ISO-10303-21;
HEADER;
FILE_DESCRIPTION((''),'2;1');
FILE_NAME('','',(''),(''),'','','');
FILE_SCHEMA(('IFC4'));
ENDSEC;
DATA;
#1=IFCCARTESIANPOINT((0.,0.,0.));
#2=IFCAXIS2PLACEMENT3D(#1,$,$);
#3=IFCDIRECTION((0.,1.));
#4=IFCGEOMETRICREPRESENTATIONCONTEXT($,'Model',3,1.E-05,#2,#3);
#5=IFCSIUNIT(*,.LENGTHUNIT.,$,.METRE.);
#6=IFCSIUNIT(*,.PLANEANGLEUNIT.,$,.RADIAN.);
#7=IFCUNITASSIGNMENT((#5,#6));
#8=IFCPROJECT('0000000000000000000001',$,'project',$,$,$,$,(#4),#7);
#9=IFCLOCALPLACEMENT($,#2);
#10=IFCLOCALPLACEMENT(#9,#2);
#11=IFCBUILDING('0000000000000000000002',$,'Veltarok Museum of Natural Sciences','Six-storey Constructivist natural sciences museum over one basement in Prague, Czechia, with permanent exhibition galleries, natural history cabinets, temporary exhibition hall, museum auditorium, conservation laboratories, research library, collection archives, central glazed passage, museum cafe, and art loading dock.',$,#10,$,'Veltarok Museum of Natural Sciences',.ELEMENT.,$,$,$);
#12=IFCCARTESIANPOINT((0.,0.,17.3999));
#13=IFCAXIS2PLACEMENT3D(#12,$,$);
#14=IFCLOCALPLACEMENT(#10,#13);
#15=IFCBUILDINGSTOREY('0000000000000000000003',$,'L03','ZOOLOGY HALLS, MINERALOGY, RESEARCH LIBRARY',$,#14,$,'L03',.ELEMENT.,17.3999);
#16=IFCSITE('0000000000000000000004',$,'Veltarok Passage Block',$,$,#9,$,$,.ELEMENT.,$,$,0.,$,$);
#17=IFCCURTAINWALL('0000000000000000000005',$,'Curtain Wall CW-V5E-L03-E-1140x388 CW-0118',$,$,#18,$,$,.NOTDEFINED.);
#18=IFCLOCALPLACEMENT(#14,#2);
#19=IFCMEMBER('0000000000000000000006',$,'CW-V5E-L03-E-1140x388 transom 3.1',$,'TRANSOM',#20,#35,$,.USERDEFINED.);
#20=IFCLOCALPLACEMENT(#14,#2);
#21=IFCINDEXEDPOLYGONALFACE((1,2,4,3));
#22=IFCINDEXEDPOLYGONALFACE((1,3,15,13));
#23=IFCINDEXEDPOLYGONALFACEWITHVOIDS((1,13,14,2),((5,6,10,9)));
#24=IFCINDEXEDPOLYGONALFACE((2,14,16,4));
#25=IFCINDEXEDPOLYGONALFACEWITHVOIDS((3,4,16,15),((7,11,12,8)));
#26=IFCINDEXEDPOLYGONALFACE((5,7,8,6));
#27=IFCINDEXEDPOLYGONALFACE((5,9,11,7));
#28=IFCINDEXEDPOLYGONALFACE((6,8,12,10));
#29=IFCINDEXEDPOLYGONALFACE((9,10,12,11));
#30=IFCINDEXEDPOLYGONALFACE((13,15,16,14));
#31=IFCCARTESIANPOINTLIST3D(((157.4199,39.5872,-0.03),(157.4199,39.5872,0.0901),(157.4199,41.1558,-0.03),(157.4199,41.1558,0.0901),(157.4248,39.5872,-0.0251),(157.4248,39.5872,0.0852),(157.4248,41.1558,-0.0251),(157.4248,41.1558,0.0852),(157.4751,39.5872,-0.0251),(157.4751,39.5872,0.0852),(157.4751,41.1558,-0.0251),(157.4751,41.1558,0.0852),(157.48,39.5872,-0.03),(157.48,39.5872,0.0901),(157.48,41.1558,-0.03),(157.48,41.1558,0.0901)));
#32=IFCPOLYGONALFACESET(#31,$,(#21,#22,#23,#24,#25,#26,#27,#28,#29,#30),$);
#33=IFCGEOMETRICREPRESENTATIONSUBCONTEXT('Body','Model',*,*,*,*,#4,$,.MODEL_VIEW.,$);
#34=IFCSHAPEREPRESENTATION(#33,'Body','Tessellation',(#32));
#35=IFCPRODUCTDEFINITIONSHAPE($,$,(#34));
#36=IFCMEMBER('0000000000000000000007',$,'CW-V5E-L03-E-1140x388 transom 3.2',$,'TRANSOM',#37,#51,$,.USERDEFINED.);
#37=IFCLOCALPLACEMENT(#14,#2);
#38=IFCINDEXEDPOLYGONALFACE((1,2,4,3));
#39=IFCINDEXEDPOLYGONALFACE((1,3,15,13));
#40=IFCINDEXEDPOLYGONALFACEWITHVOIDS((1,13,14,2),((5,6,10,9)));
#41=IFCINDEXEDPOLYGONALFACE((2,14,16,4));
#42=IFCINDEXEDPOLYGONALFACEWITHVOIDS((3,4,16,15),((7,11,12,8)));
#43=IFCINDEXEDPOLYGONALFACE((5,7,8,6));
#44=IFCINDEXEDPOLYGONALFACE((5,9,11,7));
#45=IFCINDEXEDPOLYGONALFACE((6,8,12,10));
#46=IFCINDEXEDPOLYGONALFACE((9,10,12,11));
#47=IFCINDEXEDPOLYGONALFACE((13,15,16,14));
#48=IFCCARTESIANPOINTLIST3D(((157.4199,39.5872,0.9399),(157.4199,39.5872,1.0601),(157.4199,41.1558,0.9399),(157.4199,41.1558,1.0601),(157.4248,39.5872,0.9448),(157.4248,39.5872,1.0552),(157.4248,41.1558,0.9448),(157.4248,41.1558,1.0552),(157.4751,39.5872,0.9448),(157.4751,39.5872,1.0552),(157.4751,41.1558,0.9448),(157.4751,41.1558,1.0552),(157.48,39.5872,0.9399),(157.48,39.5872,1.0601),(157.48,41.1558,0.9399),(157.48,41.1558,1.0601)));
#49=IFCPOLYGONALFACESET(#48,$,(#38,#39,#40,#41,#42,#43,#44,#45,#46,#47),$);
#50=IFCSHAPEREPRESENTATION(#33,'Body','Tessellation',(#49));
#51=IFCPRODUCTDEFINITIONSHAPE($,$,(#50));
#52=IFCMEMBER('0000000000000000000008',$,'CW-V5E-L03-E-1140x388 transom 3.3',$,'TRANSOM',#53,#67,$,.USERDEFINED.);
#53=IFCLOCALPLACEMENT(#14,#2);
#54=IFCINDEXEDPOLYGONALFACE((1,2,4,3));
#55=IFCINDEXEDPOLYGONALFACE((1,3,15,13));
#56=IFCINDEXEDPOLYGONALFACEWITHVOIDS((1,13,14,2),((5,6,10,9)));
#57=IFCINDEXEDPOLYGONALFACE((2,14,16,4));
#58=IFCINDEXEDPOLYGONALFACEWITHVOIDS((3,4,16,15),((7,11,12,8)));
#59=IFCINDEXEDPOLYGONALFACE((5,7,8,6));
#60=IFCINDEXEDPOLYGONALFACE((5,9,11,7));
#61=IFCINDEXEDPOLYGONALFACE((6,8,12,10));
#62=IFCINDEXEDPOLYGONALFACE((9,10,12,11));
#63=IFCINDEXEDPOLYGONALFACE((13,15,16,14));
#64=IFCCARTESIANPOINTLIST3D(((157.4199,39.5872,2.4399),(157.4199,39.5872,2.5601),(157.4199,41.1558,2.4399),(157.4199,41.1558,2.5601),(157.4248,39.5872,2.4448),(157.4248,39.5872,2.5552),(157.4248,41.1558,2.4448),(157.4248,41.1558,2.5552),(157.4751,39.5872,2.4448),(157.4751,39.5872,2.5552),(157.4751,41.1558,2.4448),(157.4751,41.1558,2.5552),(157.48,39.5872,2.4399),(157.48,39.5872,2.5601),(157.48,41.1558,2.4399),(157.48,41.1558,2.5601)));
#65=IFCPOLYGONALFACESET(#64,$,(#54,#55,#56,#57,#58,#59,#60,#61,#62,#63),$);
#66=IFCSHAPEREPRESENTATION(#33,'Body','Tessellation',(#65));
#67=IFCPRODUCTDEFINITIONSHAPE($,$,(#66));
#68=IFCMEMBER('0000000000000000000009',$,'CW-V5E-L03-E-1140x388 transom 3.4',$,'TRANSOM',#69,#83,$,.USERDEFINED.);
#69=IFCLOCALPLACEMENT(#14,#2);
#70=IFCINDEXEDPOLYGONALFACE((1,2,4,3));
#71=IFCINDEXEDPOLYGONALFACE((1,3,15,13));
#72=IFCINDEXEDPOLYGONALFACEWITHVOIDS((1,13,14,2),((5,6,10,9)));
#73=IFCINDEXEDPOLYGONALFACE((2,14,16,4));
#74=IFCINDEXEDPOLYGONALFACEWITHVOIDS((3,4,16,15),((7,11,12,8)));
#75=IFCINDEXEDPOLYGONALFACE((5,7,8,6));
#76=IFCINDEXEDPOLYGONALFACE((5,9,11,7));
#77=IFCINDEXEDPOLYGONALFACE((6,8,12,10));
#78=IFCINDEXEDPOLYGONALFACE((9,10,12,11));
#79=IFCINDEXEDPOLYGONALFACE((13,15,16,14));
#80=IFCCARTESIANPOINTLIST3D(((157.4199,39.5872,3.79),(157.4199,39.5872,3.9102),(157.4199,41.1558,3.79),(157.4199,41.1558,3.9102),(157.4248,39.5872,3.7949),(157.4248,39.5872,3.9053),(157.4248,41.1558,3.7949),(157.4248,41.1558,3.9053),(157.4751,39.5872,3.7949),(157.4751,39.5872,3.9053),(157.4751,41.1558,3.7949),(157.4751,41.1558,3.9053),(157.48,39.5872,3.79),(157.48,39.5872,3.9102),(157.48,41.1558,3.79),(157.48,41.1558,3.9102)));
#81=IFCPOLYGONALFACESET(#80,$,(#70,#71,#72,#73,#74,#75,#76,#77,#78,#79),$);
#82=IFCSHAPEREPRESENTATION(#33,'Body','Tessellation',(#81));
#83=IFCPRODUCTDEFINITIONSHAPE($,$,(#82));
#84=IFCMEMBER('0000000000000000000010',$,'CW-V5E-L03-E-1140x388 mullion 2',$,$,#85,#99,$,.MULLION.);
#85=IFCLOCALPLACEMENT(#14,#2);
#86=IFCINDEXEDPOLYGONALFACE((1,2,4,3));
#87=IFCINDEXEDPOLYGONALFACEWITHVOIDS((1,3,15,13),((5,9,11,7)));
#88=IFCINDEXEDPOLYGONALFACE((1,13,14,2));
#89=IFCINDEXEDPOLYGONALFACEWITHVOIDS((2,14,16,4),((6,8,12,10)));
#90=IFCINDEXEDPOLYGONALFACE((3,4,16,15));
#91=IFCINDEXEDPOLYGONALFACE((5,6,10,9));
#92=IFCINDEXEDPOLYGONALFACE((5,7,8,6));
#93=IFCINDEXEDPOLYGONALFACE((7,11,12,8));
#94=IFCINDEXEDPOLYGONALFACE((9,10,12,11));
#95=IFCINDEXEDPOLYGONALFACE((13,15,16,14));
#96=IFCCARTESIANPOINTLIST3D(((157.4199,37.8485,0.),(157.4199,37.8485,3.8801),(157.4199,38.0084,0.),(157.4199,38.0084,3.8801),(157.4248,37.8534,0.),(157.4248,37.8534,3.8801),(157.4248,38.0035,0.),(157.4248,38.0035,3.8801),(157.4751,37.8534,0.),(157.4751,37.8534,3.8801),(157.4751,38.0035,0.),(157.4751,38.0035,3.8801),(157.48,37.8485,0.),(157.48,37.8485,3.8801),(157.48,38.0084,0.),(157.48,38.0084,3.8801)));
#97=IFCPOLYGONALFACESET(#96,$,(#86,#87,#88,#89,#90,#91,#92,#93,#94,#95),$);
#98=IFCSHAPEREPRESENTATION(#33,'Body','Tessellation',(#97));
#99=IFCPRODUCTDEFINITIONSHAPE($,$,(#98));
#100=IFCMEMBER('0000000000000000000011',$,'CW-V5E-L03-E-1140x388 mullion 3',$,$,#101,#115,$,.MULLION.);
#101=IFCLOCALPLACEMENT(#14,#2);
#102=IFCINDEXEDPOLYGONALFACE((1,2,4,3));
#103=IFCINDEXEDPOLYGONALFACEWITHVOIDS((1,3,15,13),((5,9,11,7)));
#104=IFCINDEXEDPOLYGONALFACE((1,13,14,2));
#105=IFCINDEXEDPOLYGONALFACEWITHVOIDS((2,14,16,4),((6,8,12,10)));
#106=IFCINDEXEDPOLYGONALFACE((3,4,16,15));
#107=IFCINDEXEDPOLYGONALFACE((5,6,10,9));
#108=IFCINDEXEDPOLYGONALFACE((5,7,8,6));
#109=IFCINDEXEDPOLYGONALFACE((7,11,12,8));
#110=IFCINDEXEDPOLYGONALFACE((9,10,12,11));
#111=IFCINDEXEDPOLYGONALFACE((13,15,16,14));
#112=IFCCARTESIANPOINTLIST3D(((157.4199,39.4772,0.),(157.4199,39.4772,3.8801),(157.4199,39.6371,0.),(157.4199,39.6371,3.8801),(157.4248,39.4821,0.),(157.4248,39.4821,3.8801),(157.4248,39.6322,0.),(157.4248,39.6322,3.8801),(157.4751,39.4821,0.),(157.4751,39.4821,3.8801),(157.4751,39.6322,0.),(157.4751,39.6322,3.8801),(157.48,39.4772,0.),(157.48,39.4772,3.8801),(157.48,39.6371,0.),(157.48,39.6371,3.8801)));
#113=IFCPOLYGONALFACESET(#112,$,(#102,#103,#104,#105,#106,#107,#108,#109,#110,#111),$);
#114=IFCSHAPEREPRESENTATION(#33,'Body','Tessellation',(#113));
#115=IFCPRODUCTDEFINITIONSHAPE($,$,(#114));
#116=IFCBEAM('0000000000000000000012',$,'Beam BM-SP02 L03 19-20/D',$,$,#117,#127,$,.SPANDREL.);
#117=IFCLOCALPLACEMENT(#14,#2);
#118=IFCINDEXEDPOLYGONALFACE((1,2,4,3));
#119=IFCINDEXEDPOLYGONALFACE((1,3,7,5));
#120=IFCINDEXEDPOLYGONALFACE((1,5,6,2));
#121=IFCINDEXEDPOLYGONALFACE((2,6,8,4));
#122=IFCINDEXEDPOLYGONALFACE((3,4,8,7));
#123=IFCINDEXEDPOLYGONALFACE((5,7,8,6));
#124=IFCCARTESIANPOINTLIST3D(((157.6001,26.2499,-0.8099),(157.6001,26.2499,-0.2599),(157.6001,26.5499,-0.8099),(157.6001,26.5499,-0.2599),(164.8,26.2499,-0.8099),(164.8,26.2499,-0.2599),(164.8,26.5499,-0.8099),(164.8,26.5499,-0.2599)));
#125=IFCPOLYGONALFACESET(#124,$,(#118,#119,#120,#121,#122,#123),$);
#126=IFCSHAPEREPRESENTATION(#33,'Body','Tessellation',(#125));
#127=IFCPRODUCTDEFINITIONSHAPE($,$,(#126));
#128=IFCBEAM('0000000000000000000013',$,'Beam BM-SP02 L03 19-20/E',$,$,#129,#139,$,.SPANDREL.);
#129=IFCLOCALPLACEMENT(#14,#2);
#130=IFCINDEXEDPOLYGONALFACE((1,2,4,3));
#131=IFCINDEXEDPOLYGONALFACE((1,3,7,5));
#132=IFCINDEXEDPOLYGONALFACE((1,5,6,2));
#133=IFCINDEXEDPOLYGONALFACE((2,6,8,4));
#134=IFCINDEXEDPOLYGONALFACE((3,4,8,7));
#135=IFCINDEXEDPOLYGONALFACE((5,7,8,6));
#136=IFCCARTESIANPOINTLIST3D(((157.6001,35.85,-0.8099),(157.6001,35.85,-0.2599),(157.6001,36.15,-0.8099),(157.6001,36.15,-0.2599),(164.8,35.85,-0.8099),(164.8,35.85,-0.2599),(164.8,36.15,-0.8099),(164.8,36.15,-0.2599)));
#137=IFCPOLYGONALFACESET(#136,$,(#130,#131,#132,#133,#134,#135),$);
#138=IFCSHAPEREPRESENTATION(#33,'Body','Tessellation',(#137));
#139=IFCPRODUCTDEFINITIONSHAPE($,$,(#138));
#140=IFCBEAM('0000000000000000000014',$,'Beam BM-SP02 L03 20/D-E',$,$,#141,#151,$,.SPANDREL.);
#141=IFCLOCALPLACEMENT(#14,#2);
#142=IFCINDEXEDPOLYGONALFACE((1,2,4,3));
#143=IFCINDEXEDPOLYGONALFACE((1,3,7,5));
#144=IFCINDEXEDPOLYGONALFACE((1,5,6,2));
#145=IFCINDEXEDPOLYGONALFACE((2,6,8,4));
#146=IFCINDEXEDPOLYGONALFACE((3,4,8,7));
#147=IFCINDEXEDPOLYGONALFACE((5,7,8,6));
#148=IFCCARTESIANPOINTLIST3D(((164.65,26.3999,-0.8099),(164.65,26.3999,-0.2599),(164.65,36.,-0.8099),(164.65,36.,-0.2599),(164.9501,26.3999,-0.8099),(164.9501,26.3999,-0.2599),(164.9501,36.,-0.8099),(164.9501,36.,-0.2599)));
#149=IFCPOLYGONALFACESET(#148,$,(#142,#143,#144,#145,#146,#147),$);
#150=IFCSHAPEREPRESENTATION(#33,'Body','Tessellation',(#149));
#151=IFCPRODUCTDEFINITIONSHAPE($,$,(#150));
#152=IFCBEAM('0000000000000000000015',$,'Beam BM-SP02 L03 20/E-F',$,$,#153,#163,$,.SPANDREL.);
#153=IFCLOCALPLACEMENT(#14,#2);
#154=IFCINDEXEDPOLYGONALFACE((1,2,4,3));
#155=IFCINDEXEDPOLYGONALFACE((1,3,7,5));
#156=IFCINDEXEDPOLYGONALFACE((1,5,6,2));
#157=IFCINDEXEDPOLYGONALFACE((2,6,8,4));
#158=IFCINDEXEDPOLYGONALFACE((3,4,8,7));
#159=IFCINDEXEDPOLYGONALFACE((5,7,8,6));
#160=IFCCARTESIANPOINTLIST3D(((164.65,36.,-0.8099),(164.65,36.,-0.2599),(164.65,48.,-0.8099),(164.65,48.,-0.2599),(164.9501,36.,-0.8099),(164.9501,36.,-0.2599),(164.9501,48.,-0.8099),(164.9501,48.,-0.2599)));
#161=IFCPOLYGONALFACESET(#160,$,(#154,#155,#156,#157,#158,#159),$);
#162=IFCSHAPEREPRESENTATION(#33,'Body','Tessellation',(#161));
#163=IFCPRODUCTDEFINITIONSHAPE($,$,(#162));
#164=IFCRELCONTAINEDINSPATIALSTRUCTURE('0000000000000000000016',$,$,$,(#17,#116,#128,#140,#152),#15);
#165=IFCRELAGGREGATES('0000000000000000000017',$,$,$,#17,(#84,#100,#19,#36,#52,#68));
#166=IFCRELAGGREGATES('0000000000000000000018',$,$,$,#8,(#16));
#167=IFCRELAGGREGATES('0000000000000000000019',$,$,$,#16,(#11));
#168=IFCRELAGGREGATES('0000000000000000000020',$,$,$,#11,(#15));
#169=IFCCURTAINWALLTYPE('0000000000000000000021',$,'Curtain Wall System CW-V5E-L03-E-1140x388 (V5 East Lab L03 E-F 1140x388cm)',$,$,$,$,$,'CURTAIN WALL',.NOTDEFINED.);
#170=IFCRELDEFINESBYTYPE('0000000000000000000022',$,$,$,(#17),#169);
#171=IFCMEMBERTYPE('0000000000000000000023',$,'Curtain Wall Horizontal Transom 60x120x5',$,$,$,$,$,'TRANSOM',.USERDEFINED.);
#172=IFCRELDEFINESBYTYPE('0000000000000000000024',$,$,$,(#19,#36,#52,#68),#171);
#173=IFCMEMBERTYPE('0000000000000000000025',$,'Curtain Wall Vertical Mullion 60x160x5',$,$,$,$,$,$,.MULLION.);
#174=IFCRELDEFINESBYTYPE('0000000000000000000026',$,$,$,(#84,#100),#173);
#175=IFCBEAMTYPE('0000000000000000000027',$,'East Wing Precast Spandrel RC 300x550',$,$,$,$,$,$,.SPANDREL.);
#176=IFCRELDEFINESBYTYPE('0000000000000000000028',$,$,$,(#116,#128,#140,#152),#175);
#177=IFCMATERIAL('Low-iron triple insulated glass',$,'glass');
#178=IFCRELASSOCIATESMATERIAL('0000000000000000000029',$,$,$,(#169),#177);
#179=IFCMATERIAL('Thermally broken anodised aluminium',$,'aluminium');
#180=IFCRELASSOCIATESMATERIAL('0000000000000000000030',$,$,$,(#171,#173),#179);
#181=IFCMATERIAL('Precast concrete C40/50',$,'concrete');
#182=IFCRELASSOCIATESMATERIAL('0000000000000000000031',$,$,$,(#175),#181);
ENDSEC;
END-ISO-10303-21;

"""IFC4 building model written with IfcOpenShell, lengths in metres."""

from ifc_helpers import new_model, si_unit, direction, frame, origin, origin_2d, place, context, subcontext, project, spatial, rectangle, hollow_rectangle, extrude, material, material_profile, profile_set, type_object, element, aggregate, save


model = new_model("IFC4")

# Units and contexts
model_context = context("Model", 3, precision=1e-05, world=origin(), true_north=direction((0.0, 1.0)))
body_context = subcontext(model_context, "Body", "Model", "MODEL_VIEW")
ifc_project = project(units=[si_unit("LENGTHUNIT", "METRE"), si_unit("PLANEANGLEUNIT", "RADIAN")], contexts=[model_context])

# Site, building, storey
site_placement = place(None, origin())
site = spatial("IfcSite", under=ifc_project, at=site_placement, Name="Veltarok Passage Block", CompositionType="ELEMENT", RefElevation=0.0)
building_placement = place(site_placement, origin())
building = spatial("IfcBuilding", under=site, at=building_placement, Name="Veltarok Museum of Natural Sciences", Description="Six-storey Constructivist natural sciences museum over one basement in Prague, Czechia, with permanent exhibition galleries, natural history cabinets, temporary exhibition hall, museum auditorium, conservation laboratories, research library, collection archives, central glazed passage, museum cafe, and art loading dock.", LongName="Veltarok Museum of Natural Sciences", CompositionType="ELEMENT")
storey_placement = place(building_placement, frame((0.0, 0.0, 17.3999)))
storey = spatial("IfcBuildingStorey", under=building, at=storey_placement, Name="L03", Description="ZOOLOGY HALLS, MINERALOGY, RESEARCH LIBRARY", LongName="L03", CompositionType="ELEMENT", Elevation=17.3999)

# Curtain wall, members
ifc_material_1 = material(Name="Low-iron triple insulated glass", Category="glass")
curtain_wall_type = type_object("IfcCurtainWallType", Name="Curtain Wall System CW-V5E-L03-E-1140x388 (V5 East Lab L03 E-F 1140x388cm)", ElementType="CURTAIN WALL", PredefinedType="NOTDEFINED", material=ifc_material_1)
curtain_wall_placement = place(storey_placement, origin())
curtain_wall = element("IfcCurtainWall", 1, at=curtain_wall_placement, inside=storey, type_object=curtain_wall_type, Name="Curtain Wall CW-V5E-L03-E-1140x388 CW-0118", PredefinedType="NOTDEFINED")
ifc_material_2 = material(Name="Thermally broken anodised aluminium", Category="aluminium")
ifc_material_profile_1 = material_profile(ifc_material_2, hollow_rectangle(XDim=0.0601, YDim=0.1201, WallThickness=0.0049, at=origin_2d()), Name="CW TRANSOM 60x120x5")
ifc_profile_set_1 = profile_set([ifc_material_profile_1], Name="Thermally broken anodised aluminium")
member_type_1 = type_object("IfcMemberType", Name="Curtain Wall Horizontal Transom 60x120x5", ElementType="TRANSOM", PredefinedType="USERDEFINED", material=ifc_profile_set_1)
member_1_placement = place(storey_placement, frame((157.45, 39.5872, 0.03), z_axis=(0.0, 1.0, 0.0), x_axis=(-1.0, 0.0, 0.0)))
member_1 = element("IfcMember", 2, at=member_1_placement, type_object=member_type_1, Name="CW-V5E-L03-E-1140x388 transom 3.1", ObjectType="TRANSOM", PredefinedType="USERDEFINED", context=body_context, shape_type="SweptSolid", body=[
    extrude(hollow_rectangle(XDim=0.0601, YDim=0.1201, WallThickness=0.0049, at=origin_2d()), origin(), (0.0, 0.0, 1.0), 1.5686),
])
member_2_placement = place(storey_placement, frame((157.45, 39.5872, 1.0), z_axis=(0.0, 1.0, 0.0), x_axis=(-1.0, 0.0, 0.0)))
member_2 = element("IfcMember", 3, at=member_2_placement, type_object=member_type_1, Name="CW-V5E-L03-E-1140x388 transom 3.2", ObjectType="TRANSOM", PredefinedType="USERDEFINED", context=body_context, shape_type="SweptSolid", body=[
    extrude(hollow_rectangle(XDim=0.0601, YDim=0.1201, WallThickness=0.0049, at=origin_2d()), origin(), (0.0, 0.0, 1.0), 1.5686),
])
member_3_placement = place(storey_placement, frame((157.45, 39.5872, 2.5), z_axis=(0.0, 1.0, 0.0), x_axis=(-1.0, 0.0, 0.0)))
member_3 = element("IfcMember", 4, at=member_3_placement, type_object=member_type_1, Name="CW-V5E-L03-E-1140x388 transom 3.3", ObjectType="TRANSOM", PredefinedType="USERDEFINED", context=body_context, shape_type="SweptSolid", body=[
    extrude(hollow_rectangle(XDim=0.0601, YDim=0.1201, WallThickness=0.0049, at=origin_2d()), origin(), (0.0, 0.0, 1.0), 1.5686),
])
member_4_placement = place(storey_placement, frame((157.45, 39.5872, 3.8501), z_axis=(0.0, 1.0, 0.0), x_axis=(-1.0, 0.0, 0.0)))
member_4 = element("IfcMember", 5, at=member_4_placement, type_object=member_type_1, Name="CW-V5E-L03-E-1140x388 transom 3.4", ObjectType="TRANSOM", PredefinedType="USERDEFINED", context=body_context, shape_type="SweptSolid", body=[
    extrude(hollow_rectangle(XDim=0.0601, YDim=0.1201, WallThickness=0.0049, at=origin_2d()), origin(), (0.0, 0.0, 1.0), 1.5686),
])
ifc_material_profile_2 = material_profile(ifc_material_2, hollow_rectangle(XDim=0.0601, YDim=0.1599, WallThickness=0.0049, at=origin_2d()), Name="CW MULLION 60x160x5")
ifc_profile_set_2 = profile_set([ifc_material_profile_2], Name="Thermally broken anodised aluminium")
member_type_2 = type_object("IfcMemberType", Name="Curtain Wall Vertical Mullion 60x160x5", PredefinedType="MULLION", material=ifc_profile_set_2)
member_5_placement = place(storey_placement, frame((157.45, 37.9285, 0.0), z_axis=(0.0, 0.0, 1.0), x_axis=(-1.0, 0.0, 0.0)))
member_5 = element("IfcMember", 6, at=member_5_placement, type_object=member_type_2, Name="CW-V5E-L03-E-1140x388 mullion 2", PredefinedType="MULLION", context=body_context, shape_type="SweptSolid", body=[
    extrude(hollow_rectangle(XDim=0.0601, YDim=0.1599, WallThickness=0.0049, at=origin_2d()), origin(), (0.0, 0.0, 1.0), 3.8801),
])
member_6_placement = place(storey_placement, frame((157.45, 39.5571, 0.0), z_axis=(0.0, 0.0, 1.0), x_axis=(-1.0, 0.0, 0.0)))
member_6 = element("IfcMember", 7, at=member_6_placement, type_object=member_type_2, Name="CW-V5E-L03-E-1140x388 mullion 3", PredefinedType="MULLION", context=body_context, shape_type="SweptSolid", body=[
    extrude(hollow_rectangle(XDim=0.0601, YDim=0.1599, WallThickness=0.0049, at=origin_2d()), origin(), (0.0, 0.0, 1.0), 3.8801),
])

# Beams
ifc_material_3 = material(Name="Precast concrete C40/50", Category="concrete")
ifc_material_profile_3 = material_profile(ifc_material_3, rectangle(XDim=0.3, YDim=0.55, at=origin_2d()), Name="RC 300x550")
ifc_profile_set_3 = profile_set([ifc_material_profile_3], Name="Precast concrete C40/50")
beam_type_1 = type_object("IfcBeamType", Name="East Wing Precast Spandrel RC 300x550", PredefinedType="SPANDREL", material=ifc_profile_set_3)
for number, where, z_axis, x_axis, name in (
    (8, (157.6001, 26.3999, -0.5349), (1.0, 0.0, 0.0), (0.0, 1.0, 0.0), "Beam BM-SP02 L03 19-20/D"),
    (9, (157.6001, 36.0, -0.5349), (1.0, 0.0, 0.0), (0.0, 1.0, 0.0), "Beam BM-SP02 L03 19-20/E"),
):
    element("IfcBeam", number, at=place(storey_placement, frame(where, z_axis=z_axis, x_axis=x_axis)), inside=storey, type_object=beam_type_1, Name=name, PredefinedType="SPANDREL", context=body_context, shape_type="SweptSolid", body=[
        extrude(rectangle(XDim=0.3, YDim=0.55, at=origin_2d()), origin(), (0.0, 0.0, 1.0), 7.2),
    ])
beam_1_placement = place(storey_placement, frame((164.8, 26.3999, -0.5349), z_axis=(0.0, 1.0, 0.0), x_axis=(-1.0, 0.0, 0.0)))
element("IfcBeam", 10, at=beam_1_placement, inside=storey, type_object=beam_type_1, Name="Beam BM-SP02 L03 20/D-E", PredefinedType="SPANDREL", context=body_context, shape_type="SweptSolid", body=[
    extrude(rectangle(XDim=0.3, YDim=0.55, at=origin_2d()), origin(), (0.0, 0.0, 1.0), 9.6001),
])
beam_2_placement = place(storey_placement, frame((164.8, 36.0, -0.5349), z_axis=(0.0, 1.0, 0.0), x_axis=(-1.0, 0.0, 0.0)))
element("IfcBeam", 11, at=beam_2_placement, inside=storey, type_object=beam_type_1, Name="Beam BM-SP02 L03 20/E-F", PredefinedType="SPANDREL", context=body_context, shape_type="SweptSolid", body=[
    extrude(rectangle(XDim=0.3, YDim=0.55, at=origin_2d()), origin(), (0.0, 0.0, 1.0), 12.0),
])

aggregate(curtain_wall, [member_5, member_6, member_1, member_2, member_3, member_4])

save(model, "model.ifc")
